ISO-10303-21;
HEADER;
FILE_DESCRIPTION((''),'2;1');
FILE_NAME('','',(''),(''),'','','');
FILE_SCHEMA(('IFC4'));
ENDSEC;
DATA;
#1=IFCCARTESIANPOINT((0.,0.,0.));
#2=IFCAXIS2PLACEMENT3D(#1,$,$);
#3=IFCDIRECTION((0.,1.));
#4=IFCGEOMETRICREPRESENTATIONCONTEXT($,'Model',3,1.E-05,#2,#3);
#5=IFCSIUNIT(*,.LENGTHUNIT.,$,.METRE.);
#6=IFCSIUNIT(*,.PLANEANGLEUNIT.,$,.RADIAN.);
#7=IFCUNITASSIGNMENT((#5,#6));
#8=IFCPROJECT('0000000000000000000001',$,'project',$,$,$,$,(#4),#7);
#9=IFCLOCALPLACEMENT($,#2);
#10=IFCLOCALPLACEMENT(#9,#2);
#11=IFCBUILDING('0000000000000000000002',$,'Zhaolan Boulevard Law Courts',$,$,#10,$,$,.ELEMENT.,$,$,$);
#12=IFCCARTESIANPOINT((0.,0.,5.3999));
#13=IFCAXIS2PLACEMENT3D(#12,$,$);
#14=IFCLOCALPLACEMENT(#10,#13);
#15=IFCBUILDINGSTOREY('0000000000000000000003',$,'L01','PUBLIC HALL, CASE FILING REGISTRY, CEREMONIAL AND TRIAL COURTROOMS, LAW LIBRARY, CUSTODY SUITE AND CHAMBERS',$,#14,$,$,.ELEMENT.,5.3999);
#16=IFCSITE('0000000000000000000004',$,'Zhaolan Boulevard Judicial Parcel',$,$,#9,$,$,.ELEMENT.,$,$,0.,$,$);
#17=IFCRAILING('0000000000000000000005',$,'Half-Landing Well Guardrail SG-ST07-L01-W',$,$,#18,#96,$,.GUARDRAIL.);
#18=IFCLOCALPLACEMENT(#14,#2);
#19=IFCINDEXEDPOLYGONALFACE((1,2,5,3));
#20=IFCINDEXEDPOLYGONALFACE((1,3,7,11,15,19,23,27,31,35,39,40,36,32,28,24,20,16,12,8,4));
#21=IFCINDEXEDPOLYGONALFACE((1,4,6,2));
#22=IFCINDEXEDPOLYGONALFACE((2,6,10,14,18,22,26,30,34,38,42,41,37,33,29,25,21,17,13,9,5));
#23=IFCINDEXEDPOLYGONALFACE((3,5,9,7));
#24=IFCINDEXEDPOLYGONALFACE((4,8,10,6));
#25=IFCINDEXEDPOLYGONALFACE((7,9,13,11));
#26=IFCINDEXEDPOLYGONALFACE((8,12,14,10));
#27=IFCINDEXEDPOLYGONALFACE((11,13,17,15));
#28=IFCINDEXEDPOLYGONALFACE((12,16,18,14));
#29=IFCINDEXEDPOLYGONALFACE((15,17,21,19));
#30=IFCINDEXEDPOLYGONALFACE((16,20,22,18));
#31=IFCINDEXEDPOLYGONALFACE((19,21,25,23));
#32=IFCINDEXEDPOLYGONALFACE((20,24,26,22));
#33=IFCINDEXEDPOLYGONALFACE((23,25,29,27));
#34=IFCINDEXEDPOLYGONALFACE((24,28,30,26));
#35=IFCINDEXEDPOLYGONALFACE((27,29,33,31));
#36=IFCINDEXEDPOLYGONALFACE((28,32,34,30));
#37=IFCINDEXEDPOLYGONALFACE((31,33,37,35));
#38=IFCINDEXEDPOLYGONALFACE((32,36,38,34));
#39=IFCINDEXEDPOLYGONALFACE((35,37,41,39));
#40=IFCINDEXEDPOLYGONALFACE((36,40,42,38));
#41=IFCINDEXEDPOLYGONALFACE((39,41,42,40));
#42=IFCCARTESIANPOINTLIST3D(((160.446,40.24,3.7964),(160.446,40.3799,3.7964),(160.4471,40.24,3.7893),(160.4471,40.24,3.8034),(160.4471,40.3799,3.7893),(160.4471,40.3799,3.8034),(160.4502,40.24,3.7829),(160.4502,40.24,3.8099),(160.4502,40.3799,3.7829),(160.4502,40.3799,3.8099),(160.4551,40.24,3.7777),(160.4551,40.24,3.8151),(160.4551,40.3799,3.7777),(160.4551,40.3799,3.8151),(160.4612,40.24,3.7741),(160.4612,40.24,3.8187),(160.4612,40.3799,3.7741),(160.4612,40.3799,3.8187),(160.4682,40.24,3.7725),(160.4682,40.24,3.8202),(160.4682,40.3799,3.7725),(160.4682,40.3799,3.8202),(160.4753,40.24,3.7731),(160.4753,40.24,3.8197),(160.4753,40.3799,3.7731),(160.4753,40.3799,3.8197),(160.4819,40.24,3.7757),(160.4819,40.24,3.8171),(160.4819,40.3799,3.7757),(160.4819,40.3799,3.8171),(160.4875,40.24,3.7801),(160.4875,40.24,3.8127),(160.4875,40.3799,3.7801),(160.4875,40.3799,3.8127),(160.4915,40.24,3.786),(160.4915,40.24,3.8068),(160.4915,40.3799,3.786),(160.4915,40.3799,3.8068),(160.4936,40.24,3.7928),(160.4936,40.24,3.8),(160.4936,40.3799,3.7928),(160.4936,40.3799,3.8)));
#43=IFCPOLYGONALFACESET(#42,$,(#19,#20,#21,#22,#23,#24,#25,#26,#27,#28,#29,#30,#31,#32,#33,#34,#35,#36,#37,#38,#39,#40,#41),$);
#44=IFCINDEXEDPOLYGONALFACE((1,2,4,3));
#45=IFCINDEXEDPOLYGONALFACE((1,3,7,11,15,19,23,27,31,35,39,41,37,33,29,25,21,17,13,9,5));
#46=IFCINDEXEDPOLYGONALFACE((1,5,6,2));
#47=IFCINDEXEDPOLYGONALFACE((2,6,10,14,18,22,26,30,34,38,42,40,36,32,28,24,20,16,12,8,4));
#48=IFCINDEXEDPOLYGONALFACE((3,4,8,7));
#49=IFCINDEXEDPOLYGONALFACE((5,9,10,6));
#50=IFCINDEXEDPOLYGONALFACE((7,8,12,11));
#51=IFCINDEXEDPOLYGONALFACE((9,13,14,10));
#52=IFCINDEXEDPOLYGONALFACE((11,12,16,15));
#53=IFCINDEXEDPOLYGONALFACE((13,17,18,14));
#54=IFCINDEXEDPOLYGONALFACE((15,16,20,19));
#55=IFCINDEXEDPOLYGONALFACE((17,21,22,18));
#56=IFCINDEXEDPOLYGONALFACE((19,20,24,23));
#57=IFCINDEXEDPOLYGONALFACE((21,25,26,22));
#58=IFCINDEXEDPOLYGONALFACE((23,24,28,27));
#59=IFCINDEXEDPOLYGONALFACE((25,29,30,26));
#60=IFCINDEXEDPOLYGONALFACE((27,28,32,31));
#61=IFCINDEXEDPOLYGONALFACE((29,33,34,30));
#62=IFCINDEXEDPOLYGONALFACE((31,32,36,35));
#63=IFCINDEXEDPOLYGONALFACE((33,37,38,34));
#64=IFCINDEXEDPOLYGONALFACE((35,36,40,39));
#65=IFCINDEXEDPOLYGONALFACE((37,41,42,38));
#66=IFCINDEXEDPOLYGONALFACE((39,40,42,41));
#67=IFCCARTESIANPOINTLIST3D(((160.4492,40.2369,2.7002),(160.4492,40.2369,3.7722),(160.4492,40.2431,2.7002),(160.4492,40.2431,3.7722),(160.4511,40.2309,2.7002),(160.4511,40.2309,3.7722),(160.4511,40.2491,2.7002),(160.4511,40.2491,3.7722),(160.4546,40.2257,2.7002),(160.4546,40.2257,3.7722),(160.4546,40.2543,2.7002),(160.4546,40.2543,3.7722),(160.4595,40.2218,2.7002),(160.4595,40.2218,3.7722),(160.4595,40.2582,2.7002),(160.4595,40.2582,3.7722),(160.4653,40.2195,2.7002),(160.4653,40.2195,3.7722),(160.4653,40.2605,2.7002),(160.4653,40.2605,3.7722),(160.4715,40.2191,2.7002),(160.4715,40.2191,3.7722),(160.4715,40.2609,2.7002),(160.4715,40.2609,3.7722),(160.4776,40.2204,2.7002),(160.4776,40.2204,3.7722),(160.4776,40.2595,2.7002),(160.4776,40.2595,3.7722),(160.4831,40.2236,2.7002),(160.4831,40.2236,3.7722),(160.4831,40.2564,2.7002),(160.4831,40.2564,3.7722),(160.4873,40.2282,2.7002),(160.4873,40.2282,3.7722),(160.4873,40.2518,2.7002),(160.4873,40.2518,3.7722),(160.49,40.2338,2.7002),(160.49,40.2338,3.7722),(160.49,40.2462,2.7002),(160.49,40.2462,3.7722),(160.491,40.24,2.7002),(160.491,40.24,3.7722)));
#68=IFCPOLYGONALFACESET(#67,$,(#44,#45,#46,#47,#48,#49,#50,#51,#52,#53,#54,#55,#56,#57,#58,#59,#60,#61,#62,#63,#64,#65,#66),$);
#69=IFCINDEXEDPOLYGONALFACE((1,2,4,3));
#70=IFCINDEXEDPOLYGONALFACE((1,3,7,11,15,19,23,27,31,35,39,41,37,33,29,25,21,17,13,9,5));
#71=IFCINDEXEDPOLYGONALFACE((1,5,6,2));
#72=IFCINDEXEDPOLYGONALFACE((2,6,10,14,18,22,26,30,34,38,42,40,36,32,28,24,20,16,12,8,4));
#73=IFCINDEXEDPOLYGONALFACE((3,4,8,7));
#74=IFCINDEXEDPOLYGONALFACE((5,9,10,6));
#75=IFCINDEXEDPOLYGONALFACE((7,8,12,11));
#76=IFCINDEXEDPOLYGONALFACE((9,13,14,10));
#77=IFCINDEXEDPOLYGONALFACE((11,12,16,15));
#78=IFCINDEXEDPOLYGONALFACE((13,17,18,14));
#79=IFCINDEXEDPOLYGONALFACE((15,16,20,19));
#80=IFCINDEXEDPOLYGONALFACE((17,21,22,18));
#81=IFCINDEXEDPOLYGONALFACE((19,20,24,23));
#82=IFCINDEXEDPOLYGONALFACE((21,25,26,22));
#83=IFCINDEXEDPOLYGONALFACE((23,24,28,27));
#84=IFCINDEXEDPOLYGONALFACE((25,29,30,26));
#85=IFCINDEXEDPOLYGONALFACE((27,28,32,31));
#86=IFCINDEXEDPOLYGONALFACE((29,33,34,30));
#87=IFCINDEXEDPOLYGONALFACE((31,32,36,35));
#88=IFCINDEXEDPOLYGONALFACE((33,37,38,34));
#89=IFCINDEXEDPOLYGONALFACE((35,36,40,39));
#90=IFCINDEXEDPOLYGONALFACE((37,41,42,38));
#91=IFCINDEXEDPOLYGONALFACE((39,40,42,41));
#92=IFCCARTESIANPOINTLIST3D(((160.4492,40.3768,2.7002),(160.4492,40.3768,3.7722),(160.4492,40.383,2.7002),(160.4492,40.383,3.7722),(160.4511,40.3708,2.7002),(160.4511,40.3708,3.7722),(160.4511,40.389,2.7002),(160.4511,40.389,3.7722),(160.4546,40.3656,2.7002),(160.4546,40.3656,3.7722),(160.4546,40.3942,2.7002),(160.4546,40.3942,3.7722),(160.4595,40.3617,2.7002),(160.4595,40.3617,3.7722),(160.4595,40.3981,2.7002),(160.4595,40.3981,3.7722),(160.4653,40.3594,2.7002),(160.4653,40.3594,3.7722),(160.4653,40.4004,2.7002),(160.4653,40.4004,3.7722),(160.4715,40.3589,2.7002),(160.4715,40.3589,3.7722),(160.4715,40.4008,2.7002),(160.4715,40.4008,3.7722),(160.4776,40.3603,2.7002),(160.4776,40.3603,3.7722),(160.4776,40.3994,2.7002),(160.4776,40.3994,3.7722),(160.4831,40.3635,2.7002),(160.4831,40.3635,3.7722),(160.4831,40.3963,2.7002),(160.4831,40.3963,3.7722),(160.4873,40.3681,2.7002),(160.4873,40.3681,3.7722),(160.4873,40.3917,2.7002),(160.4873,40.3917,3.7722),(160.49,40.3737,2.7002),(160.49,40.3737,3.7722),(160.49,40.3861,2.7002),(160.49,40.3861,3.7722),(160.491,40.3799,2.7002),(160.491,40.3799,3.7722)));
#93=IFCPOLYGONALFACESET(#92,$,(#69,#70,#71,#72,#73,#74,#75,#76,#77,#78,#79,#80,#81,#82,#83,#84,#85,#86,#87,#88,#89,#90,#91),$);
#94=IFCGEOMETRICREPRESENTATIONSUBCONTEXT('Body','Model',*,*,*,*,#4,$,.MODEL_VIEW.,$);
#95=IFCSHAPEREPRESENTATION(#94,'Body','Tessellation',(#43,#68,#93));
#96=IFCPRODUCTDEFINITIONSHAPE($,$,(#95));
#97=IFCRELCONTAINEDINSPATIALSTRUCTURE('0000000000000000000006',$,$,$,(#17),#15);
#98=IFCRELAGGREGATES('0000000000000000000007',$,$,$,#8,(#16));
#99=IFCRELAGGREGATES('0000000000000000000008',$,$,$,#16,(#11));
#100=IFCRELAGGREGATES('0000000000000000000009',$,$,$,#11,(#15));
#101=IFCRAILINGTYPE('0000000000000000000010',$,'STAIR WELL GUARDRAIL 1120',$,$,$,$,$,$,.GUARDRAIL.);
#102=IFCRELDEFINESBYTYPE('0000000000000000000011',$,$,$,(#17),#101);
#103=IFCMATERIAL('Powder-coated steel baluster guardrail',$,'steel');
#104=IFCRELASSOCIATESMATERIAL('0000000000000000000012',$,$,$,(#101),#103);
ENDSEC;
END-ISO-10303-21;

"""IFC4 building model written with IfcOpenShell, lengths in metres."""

from ifc_helpers import new_model, si_unit, direction, frame, origin, origin_2d, place, context, subcontext, project, spatial, circle, extrude, material, type_object, element, save


model = new_model("IFC4")

# Units and contexts
model_context = context("Model", 3, precision=1e-05, world=origin(), true_north=direction((0.0, 1.0)))
body_context = subcontext(model_context, "Body", "Model", "MODEL_VIEW")
ifc_project = project(units=[si_unit("LENGTHUNIT", "METRE"), si_unit("PLANEANGLEUNIT", "RADIAN")], contexts=[model_context])

# Site, building, storey
site_placement = place(None, origin())
site = spatial("IfcSite", under=ifc_project, at=site_placement, Name="Zhaolan Boulevard Judicial Parcel", CompositionType="ELEMENT", RefElevation=0.0)
building_placement = place(site_placement, origin())
building = spatial("IfcBuilding", under=site, at=building_placement, Name="Zhaolan Boulevard Law Courts", CompositionType="ELEMENT")
storey_placement = place(building_placement, frame((0.0, 0.0, 5.3999)))
storey = spatial("IfcBuildingStorey", under=building, at=storey_placement, Name="L01", Description="PUBLIC HALL, CASE FILING REGISTRY, CEREMONIAL AND TRIAL COURTROOMS, LAW LIBRARY, CUSTODY SUITE AND CHAMBERS", CompositionType="ELEMENT", Elevation=5.3999)

# Railing
ifc_material_1 = material(Name="Powder-coated steel baluster guardrail", Category="steel")
railing_type_1 = type_object("IfcRailingType", Name="STAIR WELL GUARDRAIL 1120", PredefinedType="GUARDRAIL", material=ifc_material_1)
railing_1_placement = place(storey_placement, frame((160.47, 40.24, 2.7002)))
element("IfcRailing", 1, at=railing_1_placement, inside=storey, type_object=railing_type_1, Name="Half-Landing Well Guardrail SG-ST07-L01-W", PredefinedType="GUARDRAIL", context=body_context, shape_type="SweptSolid", body=[
    extrude(circle(Radius=0.0239, at=origin_2d()), frame((0.0, 0.0, 1.0962), z_axis=(0.0, 1.0, 0.0), x_axis=(-1.0, 0.0, 0.0)), (0.0, 0.0, 1.0), 0.1399),
    extrude(circle(Radius=0.021, at=origin_2d()), origin(), (0.0, 0.0, 1.0), 1.072),
    extrude(circle(Radius=0.021, at=origin_2d()), frame((0.0, 0.1399, 0.0)), (0.0, 0.0, 1.0), 1.072),
])

save(model, "model.ifc")
